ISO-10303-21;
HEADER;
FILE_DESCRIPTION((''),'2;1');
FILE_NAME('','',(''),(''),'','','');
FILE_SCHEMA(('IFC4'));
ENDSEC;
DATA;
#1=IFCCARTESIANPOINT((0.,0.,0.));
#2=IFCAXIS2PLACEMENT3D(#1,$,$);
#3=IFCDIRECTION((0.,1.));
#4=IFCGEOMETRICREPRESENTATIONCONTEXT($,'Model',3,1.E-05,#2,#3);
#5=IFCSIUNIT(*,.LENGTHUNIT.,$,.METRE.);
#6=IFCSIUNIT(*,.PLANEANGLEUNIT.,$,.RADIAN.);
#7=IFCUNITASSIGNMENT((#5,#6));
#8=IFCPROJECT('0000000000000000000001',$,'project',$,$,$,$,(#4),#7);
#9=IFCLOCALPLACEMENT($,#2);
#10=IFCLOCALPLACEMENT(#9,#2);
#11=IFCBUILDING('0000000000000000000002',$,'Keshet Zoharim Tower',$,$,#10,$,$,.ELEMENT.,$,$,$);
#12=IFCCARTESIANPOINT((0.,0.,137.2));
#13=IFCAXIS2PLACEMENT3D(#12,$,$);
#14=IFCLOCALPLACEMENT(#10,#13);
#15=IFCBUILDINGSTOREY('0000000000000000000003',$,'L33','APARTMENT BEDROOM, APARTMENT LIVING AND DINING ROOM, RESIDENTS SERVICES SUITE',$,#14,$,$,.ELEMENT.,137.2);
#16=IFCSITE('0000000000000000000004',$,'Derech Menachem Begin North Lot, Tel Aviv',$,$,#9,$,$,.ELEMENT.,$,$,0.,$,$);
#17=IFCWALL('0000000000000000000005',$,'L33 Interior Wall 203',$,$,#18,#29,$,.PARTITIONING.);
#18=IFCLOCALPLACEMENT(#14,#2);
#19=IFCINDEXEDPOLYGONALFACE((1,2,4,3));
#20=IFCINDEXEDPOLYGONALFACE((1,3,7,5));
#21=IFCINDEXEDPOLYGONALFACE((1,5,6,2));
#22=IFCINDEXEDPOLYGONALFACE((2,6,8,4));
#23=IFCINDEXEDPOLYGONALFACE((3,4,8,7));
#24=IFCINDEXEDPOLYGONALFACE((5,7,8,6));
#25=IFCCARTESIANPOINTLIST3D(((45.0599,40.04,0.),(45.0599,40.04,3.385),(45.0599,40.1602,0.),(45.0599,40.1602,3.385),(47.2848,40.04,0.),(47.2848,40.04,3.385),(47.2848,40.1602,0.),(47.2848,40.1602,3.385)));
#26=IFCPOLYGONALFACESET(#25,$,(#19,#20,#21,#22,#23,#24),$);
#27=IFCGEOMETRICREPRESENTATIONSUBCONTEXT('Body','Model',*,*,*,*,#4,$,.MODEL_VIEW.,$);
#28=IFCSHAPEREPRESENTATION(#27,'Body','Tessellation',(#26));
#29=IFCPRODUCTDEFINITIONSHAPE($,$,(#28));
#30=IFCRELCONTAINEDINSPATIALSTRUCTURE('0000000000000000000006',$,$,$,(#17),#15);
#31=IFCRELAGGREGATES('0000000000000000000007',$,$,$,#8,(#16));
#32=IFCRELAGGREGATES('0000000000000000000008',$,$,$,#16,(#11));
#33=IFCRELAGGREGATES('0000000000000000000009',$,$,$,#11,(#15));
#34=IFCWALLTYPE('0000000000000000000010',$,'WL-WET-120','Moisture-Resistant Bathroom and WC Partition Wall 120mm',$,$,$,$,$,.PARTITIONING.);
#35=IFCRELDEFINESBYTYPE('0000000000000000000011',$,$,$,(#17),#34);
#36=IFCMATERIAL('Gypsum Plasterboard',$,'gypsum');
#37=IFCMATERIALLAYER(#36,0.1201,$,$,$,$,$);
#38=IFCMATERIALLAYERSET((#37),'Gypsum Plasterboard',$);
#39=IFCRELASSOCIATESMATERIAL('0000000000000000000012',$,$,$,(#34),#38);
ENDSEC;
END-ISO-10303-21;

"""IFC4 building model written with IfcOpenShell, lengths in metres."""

from ifc_helpers import new_model, si_unit, direction, frame, frame_2d, origin, place, context, subcontext, project, spatial, rectangle, extrude, material, layer, layer_set, type_object, element, save


model = new_model("IFC4")

# Units and contexts
model_context = context("Model", 3, precision=1e-05, world=origin(), true_north=direction((0.0, 1.0)))
body_context = subcontext(model_context, "Body", "Model", "MODEL_VIEW")
ifc_project = project(units=[si_unit("LENGTHUNIT", "METRE"), si_unit("PLANEANGLEUNIT", "RADIAN")], contexts=[model_context])

# Site, building, storey
site_placement = place(None, origin())
site = spatial("IfcSite", under=ifc_project, at=site_placement, Name="Derech Menachem Begin North Lot, Tel Aviv", CompositionType="ELEMENT", RefElevation=0.0)
building_placement = place(site_placement, origin())
building = spatial("IfcBuilding", under=site, at=building_placement, Name="Keshet Zoharim Tower", CompositionType="ELEMENT")
storey_placement = place(building_placement, frame((0.0, 0.0, 137.2)))
storey = spatial("IfcBuildingStorey", under=building, at=storey_placement, Name="L33", Description="APARTMENT BEDROOM, APARTMENT LIVING AND DINING ROOM, RESIDENTS SERVICES SUITE", CompositionType="ELEMENT", Elevation=137.2)

# Wall
ifc_material_1 = material(Name="Gypsum Plasterboard", Category="gypsum")
ifc_layer_1 = layer(ifc_material_1, 0.1201)
ifc_layer_set_1 = layer_set([ifc_layer_1], Name="Gypsum Plasterboard")
wall_type_1 = type_object("IfcWallType", Name="WL-WET-120", Description="Moisture-Resistant Bathroom and WC Partition Wall 120mm", PredefinedType="PARTITIONING", material=ifc_layer_set_1)
wall_1_placement = place(storey_placement, frame((45.0601, 40.1001, 0.0), z_axis=(0.0, 0.0, 1.0), x_axis=(1.0, 0.0, 0.0)))
element("IfcWall", 1, at=wall_1_placement, inside=storey, type_object=wall_type_1, Name="L33 Interior Wall 203", PredefinedType="PARTITIONING", context=body_context, shape_type="SweptSolid", body=[
    extrude(rectangle(XDim=2.2249, YDim=0.1201, at=frame_2d((1.1123, 0.0))), origin(), (0.0, 0.0, 1.0), 3.385),
])

save(model, "model.ifc")
